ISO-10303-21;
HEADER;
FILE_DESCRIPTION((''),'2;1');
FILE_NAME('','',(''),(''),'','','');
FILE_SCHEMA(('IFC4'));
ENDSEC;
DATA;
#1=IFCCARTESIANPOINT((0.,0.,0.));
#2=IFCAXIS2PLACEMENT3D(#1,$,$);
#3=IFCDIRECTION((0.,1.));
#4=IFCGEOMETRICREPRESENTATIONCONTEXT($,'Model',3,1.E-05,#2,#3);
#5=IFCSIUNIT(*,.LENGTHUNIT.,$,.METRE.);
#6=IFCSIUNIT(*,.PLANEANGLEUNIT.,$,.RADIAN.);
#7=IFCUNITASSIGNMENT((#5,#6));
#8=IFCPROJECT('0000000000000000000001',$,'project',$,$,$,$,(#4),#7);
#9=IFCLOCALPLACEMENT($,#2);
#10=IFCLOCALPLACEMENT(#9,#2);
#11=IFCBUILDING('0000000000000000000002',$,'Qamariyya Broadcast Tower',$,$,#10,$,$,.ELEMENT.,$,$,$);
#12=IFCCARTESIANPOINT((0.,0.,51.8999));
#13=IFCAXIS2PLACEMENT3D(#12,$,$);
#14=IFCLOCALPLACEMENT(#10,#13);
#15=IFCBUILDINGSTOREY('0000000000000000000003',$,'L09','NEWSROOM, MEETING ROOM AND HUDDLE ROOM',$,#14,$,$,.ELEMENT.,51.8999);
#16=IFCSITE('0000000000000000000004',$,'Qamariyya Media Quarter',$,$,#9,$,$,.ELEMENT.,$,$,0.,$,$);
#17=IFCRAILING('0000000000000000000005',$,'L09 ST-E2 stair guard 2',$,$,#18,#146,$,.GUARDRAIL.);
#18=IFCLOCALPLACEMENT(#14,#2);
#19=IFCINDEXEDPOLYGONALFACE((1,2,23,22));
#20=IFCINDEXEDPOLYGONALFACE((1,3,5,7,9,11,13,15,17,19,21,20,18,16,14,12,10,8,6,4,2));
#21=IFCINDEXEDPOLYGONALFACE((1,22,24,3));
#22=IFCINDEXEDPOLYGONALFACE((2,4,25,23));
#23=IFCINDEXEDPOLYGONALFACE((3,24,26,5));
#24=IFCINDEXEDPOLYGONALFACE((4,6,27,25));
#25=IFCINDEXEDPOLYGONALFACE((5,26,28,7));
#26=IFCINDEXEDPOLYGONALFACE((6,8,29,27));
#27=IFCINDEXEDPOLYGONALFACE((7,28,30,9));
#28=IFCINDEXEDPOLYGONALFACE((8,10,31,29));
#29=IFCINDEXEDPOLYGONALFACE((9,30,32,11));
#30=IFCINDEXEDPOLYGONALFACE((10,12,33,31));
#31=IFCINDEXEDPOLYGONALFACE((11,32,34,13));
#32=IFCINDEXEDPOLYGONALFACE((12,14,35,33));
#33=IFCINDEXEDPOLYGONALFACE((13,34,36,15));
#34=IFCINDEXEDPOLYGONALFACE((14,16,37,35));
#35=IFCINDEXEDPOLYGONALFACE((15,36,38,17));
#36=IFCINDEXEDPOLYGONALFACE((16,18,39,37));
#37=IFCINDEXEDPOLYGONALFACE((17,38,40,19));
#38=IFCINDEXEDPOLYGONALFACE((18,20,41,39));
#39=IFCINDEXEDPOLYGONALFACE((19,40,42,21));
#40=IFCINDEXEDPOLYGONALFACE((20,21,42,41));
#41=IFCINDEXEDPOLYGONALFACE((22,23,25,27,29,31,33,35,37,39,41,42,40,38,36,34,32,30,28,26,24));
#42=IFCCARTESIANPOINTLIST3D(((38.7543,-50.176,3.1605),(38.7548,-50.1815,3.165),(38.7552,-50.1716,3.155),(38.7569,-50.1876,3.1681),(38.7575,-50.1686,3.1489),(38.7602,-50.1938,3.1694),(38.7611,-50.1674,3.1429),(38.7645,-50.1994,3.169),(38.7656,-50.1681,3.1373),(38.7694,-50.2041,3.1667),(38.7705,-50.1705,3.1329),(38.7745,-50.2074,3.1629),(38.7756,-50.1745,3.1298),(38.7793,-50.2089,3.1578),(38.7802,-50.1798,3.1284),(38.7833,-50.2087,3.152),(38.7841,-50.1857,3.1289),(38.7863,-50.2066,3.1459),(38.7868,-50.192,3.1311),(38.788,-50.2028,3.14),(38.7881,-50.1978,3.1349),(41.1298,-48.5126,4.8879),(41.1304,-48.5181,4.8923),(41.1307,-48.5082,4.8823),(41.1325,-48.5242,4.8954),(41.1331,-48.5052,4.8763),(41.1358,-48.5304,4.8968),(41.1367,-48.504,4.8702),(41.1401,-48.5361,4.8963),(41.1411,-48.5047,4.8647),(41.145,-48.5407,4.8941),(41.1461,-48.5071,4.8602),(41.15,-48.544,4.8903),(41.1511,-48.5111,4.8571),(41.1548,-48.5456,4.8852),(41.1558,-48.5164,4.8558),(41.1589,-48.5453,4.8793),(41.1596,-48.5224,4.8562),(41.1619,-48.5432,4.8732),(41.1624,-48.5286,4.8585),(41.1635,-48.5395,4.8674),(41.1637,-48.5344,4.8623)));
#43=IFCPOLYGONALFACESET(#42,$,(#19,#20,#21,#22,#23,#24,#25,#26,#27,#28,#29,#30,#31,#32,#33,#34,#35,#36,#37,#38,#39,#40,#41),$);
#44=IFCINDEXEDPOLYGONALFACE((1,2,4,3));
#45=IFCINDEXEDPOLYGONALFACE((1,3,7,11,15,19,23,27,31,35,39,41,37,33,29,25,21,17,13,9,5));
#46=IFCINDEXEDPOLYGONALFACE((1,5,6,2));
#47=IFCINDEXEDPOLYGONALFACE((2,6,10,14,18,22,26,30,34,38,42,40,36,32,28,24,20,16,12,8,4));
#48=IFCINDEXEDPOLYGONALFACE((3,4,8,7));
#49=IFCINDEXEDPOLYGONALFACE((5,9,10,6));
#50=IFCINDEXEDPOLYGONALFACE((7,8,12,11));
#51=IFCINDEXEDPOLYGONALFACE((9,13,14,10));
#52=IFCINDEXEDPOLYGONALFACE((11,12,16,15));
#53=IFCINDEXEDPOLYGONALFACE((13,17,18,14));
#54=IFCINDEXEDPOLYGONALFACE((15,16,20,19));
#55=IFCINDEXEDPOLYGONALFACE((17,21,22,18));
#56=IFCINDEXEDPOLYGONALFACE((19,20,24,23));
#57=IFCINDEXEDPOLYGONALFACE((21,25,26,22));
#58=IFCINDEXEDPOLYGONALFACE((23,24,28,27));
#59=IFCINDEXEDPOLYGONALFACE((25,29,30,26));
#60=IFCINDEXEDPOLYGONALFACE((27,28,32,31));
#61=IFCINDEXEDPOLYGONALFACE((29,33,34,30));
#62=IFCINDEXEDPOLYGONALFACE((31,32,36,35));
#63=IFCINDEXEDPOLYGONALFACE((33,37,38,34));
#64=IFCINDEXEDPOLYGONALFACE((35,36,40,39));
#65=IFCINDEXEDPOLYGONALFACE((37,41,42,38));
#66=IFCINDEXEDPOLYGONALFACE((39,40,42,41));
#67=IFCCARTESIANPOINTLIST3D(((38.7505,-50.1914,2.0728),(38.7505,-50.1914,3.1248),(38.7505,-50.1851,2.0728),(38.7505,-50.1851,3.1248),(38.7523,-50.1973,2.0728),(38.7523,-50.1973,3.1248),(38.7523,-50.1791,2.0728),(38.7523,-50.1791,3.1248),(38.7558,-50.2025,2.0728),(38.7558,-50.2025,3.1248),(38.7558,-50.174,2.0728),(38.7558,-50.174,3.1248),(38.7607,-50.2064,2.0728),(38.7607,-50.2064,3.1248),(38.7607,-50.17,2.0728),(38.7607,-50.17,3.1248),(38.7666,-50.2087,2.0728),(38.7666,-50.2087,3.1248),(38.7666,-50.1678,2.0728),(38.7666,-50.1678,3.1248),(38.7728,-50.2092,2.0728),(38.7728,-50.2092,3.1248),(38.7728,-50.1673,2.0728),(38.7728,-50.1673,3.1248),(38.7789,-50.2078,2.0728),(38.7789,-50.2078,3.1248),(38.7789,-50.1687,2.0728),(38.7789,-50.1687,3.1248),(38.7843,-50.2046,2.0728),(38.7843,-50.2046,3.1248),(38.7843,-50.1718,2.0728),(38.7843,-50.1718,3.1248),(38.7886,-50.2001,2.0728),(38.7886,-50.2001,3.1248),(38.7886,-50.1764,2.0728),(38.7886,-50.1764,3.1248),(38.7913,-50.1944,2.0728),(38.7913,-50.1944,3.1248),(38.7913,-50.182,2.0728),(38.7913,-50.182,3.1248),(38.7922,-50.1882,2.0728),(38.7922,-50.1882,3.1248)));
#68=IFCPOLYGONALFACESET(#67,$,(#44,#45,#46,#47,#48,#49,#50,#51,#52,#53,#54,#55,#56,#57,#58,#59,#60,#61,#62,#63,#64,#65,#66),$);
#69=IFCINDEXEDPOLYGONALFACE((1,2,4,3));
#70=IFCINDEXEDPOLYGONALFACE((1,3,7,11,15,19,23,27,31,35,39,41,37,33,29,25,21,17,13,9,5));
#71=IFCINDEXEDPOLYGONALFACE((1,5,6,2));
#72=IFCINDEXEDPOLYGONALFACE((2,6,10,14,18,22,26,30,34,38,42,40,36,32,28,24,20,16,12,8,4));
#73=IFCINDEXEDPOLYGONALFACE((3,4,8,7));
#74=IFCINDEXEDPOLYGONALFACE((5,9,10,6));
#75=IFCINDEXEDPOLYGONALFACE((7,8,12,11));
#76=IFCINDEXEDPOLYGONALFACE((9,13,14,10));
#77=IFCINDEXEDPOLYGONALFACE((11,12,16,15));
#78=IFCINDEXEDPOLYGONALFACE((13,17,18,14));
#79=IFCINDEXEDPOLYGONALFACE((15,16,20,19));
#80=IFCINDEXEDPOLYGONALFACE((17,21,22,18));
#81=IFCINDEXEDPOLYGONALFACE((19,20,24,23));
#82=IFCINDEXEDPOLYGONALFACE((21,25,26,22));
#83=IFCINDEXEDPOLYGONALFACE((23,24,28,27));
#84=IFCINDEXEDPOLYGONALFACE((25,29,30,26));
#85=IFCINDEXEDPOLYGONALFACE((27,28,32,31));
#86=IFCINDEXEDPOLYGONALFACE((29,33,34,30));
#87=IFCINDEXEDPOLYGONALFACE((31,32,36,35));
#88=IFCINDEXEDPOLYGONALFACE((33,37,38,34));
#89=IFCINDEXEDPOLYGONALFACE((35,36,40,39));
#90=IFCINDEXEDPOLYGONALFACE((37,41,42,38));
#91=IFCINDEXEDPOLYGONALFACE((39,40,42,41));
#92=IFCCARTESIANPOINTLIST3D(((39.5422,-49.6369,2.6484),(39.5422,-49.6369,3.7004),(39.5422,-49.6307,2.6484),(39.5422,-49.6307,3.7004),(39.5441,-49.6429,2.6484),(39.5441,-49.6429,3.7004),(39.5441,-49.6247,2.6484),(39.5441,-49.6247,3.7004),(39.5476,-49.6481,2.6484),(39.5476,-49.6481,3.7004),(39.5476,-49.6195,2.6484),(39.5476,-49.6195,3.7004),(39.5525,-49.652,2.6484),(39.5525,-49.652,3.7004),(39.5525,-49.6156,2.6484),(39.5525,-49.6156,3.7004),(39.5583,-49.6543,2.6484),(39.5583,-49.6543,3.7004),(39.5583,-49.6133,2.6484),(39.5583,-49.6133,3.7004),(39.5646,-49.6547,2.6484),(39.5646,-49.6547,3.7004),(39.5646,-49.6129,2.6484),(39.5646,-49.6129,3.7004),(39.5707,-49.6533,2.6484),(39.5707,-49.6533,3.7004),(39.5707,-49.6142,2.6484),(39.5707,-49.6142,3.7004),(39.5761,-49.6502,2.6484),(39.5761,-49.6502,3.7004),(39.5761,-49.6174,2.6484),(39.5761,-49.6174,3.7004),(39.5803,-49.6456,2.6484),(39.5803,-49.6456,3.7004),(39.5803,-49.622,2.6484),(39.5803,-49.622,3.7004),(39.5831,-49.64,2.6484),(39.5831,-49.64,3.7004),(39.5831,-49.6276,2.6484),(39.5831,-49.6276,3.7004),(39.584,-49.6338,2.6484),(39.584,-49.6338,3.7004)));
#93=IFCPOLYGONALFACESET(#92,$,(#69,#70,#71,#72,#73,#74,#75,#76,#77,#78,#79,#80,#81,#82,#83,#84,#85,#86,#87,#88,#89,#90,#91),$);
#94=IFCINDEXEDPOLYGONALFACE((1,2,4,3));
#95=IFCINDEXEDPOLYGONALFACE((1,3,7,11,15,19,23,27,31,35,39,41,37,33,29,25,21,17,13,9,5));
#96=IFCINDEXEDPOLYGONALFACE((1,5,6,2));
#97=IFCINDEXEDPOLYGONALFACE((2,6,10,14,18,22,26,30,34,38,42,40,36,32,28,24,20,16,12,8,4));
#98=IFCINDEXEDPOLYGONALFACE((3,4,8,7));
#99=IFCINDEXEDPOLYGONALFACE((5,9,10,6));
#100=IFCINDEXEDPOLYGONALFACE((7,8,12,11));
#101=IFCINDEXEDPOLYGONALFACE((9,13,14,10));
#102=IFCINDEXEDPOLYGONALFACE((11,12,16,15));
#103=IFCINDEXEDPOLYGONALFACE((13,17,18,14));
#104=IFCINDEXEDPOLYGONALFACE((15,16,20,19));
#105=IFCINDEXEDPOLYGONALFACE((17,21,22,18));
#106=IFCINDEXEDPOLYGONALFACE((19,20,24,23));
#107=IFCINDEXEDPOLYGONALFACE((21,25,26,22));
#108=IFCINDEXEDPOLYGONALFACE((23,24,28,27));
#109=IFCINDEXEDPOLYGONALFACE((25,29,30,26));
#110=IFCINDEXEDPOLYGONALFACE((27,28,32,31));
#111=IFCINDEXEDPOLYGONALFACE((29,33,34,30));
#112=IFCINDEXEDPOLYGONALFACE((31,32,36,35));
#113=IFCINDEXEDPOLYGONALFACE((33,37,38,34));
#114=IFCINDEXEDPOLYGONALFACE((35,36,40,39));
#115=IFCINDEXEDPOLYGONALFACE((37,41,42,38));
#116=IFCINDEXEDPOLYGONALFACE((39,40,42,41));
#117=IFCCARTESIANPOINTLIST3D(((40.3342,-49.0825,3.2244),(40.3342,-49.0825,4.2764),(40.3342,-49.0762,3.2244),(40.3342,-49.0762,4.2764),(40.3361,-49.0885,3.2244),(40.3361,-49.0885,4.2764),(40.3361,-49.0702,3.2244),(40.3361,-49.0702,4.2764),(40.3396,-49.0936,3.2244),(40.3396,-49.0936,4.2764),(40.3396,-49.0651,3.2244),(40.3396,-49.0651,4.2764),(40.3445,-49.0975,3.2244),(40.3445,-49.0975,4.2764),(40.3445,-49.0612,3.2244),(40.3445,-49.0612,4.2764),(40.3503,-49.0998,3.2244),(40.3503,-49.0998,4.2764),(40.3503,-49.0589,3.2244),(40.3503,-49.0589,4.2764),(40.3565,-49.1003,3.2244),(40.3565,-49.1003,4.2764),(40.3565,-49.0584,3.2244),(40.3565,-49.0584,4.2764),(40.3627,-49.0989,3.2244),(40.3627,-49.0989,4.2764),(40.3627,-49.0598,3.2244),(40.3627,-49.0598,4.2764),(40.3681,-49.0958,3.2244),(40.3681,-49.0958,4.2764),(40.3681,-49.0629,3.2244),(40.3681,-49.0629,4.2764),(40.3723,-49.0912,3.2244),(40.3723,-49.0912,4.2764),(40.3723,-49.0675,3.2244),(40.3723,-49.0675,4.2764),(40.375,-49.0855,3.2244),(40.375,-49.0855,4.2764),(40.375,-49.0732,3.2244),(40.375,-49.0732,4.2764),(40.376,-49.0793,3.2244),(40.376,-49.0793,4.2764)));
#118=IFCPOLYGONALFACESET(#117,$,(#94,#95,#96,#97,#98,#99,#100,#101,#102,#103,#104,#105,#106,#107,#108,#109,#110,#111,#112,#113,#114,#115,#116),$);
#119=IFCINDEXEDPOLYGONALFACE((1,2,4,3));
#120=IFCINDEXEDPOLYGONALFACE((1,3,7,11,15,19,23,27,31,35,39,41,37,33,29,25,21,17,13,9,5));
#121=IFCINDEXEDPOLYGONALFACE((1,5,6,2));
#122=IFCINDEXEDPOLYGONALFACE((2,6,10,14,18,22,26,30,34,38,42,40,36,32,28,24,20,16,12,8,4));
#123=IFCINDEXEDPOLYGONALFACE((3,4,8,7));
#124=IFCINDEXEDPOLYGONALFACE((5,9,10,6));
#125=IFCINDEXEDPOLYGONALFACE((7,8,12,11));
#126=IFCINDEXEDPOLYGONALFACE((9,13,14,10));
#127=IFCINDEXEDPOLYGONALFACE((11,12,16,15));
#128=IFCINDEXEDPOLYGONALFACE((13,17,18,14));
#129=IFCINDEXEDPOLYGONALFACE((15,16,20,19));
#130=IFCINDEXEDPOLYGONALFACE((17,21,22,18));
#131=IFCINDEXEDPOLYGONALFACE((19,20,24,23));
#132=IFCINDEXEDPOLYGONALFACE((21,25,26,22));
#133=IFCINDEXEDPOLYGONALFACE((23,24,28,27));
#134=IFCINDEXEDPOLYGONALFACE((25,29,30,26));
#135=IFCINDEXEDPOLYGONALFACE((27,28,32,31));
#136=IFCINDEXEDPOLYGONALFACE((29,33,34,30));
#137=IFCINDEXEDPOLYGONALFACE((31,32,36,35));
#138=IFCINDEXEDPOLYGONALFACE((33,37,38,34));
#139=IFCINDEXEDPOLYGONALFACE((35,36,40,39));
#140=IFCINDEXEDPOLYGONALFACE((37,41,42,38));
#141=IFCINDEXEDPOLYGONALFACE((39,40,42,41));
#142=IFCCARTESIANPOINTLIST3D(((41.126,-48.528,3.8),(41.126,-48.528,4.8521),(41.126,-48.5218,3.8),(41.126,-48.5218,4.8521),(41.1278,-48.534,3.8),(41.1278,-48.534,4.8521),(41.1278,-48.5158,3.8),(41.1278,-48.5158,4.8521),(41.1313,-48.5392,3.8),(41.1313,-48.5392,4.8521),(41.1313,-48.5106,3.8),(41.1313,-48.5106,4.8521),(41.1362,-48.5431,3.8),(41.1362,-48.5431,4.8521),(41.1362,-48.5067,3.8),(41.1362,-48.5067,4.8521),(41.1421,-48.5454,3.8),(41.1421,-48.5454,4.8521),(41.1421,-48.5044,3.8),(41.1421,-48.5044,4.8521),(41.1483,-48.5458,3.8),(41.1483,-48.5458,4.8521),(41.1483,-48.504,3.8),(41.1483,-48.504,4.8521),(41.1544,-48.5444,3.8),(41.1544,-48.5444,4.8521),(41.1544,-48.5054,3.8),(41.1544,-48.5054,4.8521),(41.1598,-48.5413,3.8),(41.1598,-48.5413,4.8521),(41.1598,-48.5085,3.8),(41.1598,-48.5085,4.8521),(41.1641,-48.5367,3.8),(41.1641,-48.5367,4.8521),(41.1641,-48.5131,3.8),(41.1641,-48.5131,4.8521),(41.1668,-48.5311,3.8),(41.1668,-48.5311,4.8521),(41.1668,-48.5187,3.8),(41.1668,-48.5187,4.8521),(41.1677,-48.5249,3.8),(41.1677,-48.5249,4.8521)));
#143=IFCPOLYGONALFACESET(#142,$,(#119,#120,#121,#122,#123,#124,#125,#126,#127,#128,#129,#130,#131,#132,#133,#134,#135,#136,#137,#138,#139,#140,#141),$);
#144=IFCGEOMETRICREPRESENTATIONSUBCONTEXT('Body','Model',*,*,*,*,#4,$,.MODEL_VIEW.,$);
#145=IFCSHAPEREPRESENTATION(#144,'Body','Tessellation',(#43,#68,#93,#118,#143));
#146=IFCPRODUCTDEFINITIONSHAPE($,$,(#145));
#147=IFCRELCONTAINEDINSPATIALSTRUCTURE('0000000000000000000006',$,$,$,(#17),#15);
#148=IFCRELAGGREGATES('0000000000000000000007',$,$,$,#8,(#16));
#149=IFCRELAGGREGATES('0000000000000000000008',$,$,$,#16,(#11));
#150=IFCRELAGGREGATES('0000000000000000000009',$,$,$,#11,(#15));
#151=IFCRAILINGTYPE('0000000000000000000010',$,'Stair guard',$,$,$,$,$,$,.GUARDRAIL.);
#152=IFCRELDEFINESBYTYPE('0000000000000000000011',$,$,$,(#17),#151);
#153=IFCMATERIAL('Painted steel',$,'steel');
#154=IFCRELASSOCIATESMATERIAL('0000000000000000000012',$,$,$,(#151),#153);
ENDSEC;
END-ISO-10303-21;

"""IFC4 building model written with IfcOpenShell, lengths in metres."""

from ifc_helpers import new_model, si_unit, direction, frame, origin, origin_2d, place, context, subcontext, project, spatial, circle, extrude, material, type_object, element, save


model = new_model("IFC4")

# Units and contexts
model_context = context("Model", 3, precision=1e-05, world=origin(), true_north=direction((0.0, 1.0)))
body_context = subcontext(model_context, "Body", "Model", "MODEL_VIEW")
ifc_project = project(units=[si_unit("LENGTHUNIT", "METRE"), si_unit("PLANEANGLEUNIT", "RADIAN")], contexts=[model_context])

# Site, building, storey
site_placement = place(None, origin())
site = spatial("IfcSite", under=ifc_project, at=site_placement, Name="Qamariyya Media Quarter", CompositionType="ELEMENT", RefElevation=0.0)
building_placement = place(site_placement, origin())
building = spatial("IfcBuilding", under=site, at=building_placement, Name="Qamariyya Broadcast Tower", CompositionType="ELEMENT")
storey_placement = place(building_placement, frame((0.0, 0.0, 51.8999)))
storey = spatial("IfcBuildingStorey", under=building, at=storey_placement, Name="L09", Description="NEWSROOM, MEETING ROOM AND HUDDLE ROOM", CompositionType="ELEMENT", Elevation=51.8999)

# Railing
ifc_material_1 = material(Name="Painted steel", Category="steel")
railing_type_1 = type_object("IfcRailingType", Name="Stair guard", PredefinedType="GUARDRAIL", material=ifc_material_1)
railing_1_placement = place(storey_placement, frame((38.7712, -50.1882, 2.0728)))
element("IfcRailing", 1, at=railing_1_placement, inside=storey, type_object=railing_type_1, Name="L09 ST-E2 stair guard 2", PredefinedType="GUARDRAIL", context=body_context, shape_type="SweptSolid", body=[
    extrude(circle(Radius=0.0239, at=origin_2d()), frame((0.0, 0.0, 1.0762), z_axis=(0.70377, 0.492784, 0.511734), x_axis=(-0.573575, 0.819153, 0.0)), (0.0, 0.0, 1.0), 3.3755),
    extrude(circle(Radius=0.021, at=origin_2d()), origin(), (0.0, 0.0, 1.0), 1.052),
    extrude(circle(Radius=0.021, at=origin_2d()), frame((0.7917, 0.5544, 0.5757)), (0.0, 0.0, 1.0), 1.052),
    extrude(circle(Radius=0.021, at=origin_2d()), frame((1.5837, 1.1089, 1.1516)), (0.0, 0.0, 1.0), 1.052),
    extrude(circle(Radius=0.021, at=origin_2d()), frame((2.3755, 1.6633, 1.7273)), (0.0, 0.0, 1.0), 1.052),
])

save(model, "model.ifc")
